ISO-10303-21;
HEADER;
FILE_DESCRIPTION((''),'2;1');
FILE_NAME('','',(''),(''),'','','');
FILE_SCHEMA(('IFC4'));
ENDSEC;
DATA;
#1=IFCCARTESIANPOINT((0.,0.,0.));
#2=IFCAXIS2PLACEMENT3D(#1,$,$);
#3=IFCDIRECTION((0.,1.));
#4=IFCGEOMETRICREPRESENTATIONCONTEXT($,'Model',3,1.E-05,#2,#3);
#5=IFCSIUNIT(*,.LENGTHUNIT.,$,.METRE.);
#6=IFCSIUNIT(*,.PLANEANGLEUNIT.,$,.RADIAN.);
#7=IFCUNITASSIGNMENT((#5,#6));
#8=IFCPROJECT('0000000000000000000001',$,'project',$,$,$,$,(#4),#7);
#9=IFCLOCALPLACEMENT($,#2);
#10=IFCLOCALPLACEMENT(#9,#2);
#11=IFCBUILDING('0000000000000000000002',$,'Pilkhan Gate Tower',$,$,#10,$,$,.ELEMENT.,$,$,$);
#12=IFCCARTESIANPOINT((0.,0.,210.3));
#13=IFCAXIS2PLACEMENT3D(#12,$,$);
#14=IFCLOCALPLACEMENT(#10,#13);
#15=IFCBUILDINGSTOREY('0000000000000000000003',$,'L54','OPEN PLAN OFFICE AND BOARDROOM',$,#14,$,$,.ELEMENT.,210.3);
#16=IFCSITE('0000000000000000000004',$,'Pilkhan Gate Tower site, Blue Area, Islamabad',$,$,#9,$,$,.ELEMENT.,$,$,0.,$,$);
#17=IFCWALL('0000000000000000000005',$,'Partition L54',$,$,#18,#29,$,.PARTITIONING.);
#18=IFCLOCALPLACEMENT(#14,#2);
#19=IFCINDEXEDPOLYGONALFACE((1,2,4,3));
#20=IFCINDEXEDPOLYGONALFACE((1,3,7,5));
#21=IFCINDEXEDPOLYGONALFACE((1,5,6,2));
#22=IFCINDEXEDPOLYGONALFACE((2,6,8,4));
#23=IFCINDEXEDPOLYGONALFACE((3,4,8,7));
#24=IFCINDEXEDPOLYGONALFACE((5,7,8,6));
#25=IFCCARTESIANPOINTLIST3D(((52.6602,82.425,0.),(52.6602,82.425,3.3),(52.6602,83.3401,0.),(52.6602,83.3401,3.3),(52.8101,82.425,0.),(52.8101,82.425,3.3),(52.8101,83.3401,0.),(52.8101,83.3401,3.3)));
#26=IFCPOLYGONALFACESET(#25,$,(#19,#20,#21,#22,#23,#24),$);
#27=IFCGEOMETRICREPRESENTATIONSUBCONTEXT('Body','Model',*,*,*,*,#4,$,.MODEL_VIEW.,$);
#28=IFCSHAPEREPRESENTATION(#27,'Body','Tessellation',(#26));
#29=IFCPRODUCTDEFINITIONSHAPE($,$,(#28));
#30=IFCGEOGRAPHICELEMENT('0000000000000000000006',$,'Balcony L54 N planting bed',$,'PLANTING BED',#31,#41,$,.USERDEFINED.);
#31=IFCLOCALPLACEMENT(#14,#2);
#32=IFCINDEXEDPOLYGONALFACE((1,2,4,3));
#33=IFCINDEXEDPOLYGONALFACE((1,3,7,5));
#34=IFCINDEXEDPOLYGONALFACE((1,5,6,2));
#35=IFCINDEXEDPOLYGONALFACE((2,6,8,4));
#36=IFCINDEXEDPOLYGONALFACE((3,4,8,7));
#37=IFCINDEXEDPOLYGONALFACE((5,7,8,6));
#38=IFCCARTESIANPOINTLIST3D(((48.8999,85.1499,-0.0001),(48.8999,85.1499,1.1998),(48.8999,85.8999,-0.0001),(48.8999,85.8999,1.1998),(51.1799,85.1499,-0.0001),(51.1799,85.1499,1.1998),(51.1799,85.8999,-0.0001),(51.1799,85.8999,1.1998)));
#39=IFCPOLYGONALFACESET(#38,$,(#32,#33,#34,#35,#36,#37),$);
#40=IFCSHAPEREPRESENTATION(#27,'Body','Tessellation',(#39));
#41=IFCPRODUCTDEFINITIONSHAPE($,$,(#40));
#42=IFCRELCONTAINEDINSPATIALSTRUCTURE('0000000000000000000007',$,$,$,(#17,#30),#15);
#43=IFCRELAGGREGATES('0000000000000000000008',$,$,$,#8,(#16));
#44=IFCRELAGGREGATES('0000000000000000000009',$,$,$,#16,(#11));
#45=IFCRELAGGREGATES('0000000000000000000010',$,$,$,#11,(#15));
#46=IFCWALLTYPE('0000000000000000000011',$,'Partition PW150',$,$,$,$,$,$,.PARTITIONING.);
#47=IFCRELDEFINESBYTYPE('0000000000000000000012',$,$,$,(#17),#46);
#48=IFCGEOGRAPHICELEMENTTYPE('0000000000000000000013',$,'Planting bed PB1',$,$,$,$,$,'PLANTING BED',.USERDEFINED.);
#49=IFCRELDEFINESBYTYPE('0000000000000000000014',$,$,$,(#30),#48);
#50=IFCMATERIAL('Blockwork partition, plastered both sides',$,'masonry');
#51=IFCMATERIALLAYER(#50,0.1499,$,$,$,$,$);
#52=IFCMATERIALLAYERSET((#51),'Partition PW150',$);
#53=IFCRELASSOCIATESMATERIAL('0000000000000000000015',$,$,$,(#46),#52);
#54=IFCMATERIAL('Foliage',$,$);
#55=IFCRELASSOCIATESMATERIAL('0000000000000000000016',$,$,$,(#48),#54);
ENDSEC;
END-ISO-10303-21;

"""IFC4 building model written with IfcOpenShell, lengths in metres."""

from ifc_helpers import new_model, si_unit, direction, frame, frame_2d, origin, origin_2d, place, context, subcontext, project, spatial, rectangle, extrude, material, layer, layer_set, material_profile, profile_set, type_object, element, save


model = new_model("IFC4")

# Units and contexts
model_context = context("Model", 3, precision=1e-05, world=origin(), true_north=direction((0.0, 1.0)))
body_context = subcontext(model_context, "Body", "Model", "MODEL_VIEW")
ifc_project = project(units=[si_unit("LENGTHUNIT", "METRE"), si_unit("PLANEANGLEUNIT", "RADIAN")], contexts=[model_context])

# Site, building, storey
site_placement = place(None, origin())
site = spatial("IfcSite", under=ifc_project, at=site_placement, Name="Pilkhan Gate Tower site, Blue Area, Islamabad", CompositionType="ELEMENT", RefElevation=0.0)
building_placement = place(site_placement, origin())
building = spatial("IfcBuilding", under=site, at=building_placement, Name="Pilkhan Gate Tower", CompositionType="ELEMENT")
storey_placement = place(building_placement, frame((0.0, 0.0, 210.3)))
storey = spatial("IfcBuildingStorey", under=building, at=storey_placement, Name="L54", Description="OPEN PLAN OFFICE AND BOARDROOM", CompositionType="ELEMENT", Elevation=210.3)

# Wall
ifc_material_1 = material(Name="Blockwork partition, plastered both sides", Category="masonry")
ifc_layer_1 = layer(ifc_material_1, 0.1499)
ifc_layer_set_1 = layer_set([ifc_layer_1], Name="Partition PW150")
wall_type_1 = type_object("IfcWallType", Name="Partition PW150", PredefinedType="PARTITIONING", material=ifc_layer_set_1)
wall_1_placement = place(storey_placement, frame((52.7351, 82.425, 0.0), z_axis=(0.0, 0.0, 1.0), x_axis=(0.0, 1.0, 0.0)))
element("IfcWall", 1, at=wall_1_placement, inside=storey, type_object=wall_type_1, Name="Partition L54", PredefinedType="PARTITIONING", context=body_context, shape_type="SweptSolid", body=[
    extrude(rectangle(XDim=0.915, YDim=0.1499, at=frame_2d((0.4575, 0.0))), origin(), (0.0, 0.0, 1.0), 3.3),
])

# Geographic element
ifc_material_2 = material(Name="Foliage")
ifc_material_profile_1 = material_profile(ifc_material_2, rectangle(XDim=0.75, YDim=1.2, at=origin_2d()), Name="Bed 750x1200")
ifc_profile_set_1 = profile_set([ifc_material_profile_1], Name="Foliage")
geographic_element_type = type_object("IfcGeographicElementType", Name="Planting bed PB1", ElementType="PLANTING BED", PredefinedType="USERDEFINED", material=ifc_profile_set_1)
geographic_element_placement = place(storey_placement, frame((48.8999, 85.5249, 0.5999), z_axis=(1.0, 0.0, 0.0), x_axis=(0.0, 1.0, 0.0)))
element("IfcGeographicElement", 2, at=geographic_element_placement, inside=storey, type_object=geographic_element_type, Name="Balcony L54 N planting bed", ObjectType="PLANTING BED", PredefinedType="USERDEFINED", context=body_context, shape_type="SweptSolid", body=[
    extrude(rectangle(XDim=0.75, YDim=1.2, at=origin_2d()), origin(), (0.0, 0.0, 1.0), 2.28),
])

save(model, "model.ifc")
